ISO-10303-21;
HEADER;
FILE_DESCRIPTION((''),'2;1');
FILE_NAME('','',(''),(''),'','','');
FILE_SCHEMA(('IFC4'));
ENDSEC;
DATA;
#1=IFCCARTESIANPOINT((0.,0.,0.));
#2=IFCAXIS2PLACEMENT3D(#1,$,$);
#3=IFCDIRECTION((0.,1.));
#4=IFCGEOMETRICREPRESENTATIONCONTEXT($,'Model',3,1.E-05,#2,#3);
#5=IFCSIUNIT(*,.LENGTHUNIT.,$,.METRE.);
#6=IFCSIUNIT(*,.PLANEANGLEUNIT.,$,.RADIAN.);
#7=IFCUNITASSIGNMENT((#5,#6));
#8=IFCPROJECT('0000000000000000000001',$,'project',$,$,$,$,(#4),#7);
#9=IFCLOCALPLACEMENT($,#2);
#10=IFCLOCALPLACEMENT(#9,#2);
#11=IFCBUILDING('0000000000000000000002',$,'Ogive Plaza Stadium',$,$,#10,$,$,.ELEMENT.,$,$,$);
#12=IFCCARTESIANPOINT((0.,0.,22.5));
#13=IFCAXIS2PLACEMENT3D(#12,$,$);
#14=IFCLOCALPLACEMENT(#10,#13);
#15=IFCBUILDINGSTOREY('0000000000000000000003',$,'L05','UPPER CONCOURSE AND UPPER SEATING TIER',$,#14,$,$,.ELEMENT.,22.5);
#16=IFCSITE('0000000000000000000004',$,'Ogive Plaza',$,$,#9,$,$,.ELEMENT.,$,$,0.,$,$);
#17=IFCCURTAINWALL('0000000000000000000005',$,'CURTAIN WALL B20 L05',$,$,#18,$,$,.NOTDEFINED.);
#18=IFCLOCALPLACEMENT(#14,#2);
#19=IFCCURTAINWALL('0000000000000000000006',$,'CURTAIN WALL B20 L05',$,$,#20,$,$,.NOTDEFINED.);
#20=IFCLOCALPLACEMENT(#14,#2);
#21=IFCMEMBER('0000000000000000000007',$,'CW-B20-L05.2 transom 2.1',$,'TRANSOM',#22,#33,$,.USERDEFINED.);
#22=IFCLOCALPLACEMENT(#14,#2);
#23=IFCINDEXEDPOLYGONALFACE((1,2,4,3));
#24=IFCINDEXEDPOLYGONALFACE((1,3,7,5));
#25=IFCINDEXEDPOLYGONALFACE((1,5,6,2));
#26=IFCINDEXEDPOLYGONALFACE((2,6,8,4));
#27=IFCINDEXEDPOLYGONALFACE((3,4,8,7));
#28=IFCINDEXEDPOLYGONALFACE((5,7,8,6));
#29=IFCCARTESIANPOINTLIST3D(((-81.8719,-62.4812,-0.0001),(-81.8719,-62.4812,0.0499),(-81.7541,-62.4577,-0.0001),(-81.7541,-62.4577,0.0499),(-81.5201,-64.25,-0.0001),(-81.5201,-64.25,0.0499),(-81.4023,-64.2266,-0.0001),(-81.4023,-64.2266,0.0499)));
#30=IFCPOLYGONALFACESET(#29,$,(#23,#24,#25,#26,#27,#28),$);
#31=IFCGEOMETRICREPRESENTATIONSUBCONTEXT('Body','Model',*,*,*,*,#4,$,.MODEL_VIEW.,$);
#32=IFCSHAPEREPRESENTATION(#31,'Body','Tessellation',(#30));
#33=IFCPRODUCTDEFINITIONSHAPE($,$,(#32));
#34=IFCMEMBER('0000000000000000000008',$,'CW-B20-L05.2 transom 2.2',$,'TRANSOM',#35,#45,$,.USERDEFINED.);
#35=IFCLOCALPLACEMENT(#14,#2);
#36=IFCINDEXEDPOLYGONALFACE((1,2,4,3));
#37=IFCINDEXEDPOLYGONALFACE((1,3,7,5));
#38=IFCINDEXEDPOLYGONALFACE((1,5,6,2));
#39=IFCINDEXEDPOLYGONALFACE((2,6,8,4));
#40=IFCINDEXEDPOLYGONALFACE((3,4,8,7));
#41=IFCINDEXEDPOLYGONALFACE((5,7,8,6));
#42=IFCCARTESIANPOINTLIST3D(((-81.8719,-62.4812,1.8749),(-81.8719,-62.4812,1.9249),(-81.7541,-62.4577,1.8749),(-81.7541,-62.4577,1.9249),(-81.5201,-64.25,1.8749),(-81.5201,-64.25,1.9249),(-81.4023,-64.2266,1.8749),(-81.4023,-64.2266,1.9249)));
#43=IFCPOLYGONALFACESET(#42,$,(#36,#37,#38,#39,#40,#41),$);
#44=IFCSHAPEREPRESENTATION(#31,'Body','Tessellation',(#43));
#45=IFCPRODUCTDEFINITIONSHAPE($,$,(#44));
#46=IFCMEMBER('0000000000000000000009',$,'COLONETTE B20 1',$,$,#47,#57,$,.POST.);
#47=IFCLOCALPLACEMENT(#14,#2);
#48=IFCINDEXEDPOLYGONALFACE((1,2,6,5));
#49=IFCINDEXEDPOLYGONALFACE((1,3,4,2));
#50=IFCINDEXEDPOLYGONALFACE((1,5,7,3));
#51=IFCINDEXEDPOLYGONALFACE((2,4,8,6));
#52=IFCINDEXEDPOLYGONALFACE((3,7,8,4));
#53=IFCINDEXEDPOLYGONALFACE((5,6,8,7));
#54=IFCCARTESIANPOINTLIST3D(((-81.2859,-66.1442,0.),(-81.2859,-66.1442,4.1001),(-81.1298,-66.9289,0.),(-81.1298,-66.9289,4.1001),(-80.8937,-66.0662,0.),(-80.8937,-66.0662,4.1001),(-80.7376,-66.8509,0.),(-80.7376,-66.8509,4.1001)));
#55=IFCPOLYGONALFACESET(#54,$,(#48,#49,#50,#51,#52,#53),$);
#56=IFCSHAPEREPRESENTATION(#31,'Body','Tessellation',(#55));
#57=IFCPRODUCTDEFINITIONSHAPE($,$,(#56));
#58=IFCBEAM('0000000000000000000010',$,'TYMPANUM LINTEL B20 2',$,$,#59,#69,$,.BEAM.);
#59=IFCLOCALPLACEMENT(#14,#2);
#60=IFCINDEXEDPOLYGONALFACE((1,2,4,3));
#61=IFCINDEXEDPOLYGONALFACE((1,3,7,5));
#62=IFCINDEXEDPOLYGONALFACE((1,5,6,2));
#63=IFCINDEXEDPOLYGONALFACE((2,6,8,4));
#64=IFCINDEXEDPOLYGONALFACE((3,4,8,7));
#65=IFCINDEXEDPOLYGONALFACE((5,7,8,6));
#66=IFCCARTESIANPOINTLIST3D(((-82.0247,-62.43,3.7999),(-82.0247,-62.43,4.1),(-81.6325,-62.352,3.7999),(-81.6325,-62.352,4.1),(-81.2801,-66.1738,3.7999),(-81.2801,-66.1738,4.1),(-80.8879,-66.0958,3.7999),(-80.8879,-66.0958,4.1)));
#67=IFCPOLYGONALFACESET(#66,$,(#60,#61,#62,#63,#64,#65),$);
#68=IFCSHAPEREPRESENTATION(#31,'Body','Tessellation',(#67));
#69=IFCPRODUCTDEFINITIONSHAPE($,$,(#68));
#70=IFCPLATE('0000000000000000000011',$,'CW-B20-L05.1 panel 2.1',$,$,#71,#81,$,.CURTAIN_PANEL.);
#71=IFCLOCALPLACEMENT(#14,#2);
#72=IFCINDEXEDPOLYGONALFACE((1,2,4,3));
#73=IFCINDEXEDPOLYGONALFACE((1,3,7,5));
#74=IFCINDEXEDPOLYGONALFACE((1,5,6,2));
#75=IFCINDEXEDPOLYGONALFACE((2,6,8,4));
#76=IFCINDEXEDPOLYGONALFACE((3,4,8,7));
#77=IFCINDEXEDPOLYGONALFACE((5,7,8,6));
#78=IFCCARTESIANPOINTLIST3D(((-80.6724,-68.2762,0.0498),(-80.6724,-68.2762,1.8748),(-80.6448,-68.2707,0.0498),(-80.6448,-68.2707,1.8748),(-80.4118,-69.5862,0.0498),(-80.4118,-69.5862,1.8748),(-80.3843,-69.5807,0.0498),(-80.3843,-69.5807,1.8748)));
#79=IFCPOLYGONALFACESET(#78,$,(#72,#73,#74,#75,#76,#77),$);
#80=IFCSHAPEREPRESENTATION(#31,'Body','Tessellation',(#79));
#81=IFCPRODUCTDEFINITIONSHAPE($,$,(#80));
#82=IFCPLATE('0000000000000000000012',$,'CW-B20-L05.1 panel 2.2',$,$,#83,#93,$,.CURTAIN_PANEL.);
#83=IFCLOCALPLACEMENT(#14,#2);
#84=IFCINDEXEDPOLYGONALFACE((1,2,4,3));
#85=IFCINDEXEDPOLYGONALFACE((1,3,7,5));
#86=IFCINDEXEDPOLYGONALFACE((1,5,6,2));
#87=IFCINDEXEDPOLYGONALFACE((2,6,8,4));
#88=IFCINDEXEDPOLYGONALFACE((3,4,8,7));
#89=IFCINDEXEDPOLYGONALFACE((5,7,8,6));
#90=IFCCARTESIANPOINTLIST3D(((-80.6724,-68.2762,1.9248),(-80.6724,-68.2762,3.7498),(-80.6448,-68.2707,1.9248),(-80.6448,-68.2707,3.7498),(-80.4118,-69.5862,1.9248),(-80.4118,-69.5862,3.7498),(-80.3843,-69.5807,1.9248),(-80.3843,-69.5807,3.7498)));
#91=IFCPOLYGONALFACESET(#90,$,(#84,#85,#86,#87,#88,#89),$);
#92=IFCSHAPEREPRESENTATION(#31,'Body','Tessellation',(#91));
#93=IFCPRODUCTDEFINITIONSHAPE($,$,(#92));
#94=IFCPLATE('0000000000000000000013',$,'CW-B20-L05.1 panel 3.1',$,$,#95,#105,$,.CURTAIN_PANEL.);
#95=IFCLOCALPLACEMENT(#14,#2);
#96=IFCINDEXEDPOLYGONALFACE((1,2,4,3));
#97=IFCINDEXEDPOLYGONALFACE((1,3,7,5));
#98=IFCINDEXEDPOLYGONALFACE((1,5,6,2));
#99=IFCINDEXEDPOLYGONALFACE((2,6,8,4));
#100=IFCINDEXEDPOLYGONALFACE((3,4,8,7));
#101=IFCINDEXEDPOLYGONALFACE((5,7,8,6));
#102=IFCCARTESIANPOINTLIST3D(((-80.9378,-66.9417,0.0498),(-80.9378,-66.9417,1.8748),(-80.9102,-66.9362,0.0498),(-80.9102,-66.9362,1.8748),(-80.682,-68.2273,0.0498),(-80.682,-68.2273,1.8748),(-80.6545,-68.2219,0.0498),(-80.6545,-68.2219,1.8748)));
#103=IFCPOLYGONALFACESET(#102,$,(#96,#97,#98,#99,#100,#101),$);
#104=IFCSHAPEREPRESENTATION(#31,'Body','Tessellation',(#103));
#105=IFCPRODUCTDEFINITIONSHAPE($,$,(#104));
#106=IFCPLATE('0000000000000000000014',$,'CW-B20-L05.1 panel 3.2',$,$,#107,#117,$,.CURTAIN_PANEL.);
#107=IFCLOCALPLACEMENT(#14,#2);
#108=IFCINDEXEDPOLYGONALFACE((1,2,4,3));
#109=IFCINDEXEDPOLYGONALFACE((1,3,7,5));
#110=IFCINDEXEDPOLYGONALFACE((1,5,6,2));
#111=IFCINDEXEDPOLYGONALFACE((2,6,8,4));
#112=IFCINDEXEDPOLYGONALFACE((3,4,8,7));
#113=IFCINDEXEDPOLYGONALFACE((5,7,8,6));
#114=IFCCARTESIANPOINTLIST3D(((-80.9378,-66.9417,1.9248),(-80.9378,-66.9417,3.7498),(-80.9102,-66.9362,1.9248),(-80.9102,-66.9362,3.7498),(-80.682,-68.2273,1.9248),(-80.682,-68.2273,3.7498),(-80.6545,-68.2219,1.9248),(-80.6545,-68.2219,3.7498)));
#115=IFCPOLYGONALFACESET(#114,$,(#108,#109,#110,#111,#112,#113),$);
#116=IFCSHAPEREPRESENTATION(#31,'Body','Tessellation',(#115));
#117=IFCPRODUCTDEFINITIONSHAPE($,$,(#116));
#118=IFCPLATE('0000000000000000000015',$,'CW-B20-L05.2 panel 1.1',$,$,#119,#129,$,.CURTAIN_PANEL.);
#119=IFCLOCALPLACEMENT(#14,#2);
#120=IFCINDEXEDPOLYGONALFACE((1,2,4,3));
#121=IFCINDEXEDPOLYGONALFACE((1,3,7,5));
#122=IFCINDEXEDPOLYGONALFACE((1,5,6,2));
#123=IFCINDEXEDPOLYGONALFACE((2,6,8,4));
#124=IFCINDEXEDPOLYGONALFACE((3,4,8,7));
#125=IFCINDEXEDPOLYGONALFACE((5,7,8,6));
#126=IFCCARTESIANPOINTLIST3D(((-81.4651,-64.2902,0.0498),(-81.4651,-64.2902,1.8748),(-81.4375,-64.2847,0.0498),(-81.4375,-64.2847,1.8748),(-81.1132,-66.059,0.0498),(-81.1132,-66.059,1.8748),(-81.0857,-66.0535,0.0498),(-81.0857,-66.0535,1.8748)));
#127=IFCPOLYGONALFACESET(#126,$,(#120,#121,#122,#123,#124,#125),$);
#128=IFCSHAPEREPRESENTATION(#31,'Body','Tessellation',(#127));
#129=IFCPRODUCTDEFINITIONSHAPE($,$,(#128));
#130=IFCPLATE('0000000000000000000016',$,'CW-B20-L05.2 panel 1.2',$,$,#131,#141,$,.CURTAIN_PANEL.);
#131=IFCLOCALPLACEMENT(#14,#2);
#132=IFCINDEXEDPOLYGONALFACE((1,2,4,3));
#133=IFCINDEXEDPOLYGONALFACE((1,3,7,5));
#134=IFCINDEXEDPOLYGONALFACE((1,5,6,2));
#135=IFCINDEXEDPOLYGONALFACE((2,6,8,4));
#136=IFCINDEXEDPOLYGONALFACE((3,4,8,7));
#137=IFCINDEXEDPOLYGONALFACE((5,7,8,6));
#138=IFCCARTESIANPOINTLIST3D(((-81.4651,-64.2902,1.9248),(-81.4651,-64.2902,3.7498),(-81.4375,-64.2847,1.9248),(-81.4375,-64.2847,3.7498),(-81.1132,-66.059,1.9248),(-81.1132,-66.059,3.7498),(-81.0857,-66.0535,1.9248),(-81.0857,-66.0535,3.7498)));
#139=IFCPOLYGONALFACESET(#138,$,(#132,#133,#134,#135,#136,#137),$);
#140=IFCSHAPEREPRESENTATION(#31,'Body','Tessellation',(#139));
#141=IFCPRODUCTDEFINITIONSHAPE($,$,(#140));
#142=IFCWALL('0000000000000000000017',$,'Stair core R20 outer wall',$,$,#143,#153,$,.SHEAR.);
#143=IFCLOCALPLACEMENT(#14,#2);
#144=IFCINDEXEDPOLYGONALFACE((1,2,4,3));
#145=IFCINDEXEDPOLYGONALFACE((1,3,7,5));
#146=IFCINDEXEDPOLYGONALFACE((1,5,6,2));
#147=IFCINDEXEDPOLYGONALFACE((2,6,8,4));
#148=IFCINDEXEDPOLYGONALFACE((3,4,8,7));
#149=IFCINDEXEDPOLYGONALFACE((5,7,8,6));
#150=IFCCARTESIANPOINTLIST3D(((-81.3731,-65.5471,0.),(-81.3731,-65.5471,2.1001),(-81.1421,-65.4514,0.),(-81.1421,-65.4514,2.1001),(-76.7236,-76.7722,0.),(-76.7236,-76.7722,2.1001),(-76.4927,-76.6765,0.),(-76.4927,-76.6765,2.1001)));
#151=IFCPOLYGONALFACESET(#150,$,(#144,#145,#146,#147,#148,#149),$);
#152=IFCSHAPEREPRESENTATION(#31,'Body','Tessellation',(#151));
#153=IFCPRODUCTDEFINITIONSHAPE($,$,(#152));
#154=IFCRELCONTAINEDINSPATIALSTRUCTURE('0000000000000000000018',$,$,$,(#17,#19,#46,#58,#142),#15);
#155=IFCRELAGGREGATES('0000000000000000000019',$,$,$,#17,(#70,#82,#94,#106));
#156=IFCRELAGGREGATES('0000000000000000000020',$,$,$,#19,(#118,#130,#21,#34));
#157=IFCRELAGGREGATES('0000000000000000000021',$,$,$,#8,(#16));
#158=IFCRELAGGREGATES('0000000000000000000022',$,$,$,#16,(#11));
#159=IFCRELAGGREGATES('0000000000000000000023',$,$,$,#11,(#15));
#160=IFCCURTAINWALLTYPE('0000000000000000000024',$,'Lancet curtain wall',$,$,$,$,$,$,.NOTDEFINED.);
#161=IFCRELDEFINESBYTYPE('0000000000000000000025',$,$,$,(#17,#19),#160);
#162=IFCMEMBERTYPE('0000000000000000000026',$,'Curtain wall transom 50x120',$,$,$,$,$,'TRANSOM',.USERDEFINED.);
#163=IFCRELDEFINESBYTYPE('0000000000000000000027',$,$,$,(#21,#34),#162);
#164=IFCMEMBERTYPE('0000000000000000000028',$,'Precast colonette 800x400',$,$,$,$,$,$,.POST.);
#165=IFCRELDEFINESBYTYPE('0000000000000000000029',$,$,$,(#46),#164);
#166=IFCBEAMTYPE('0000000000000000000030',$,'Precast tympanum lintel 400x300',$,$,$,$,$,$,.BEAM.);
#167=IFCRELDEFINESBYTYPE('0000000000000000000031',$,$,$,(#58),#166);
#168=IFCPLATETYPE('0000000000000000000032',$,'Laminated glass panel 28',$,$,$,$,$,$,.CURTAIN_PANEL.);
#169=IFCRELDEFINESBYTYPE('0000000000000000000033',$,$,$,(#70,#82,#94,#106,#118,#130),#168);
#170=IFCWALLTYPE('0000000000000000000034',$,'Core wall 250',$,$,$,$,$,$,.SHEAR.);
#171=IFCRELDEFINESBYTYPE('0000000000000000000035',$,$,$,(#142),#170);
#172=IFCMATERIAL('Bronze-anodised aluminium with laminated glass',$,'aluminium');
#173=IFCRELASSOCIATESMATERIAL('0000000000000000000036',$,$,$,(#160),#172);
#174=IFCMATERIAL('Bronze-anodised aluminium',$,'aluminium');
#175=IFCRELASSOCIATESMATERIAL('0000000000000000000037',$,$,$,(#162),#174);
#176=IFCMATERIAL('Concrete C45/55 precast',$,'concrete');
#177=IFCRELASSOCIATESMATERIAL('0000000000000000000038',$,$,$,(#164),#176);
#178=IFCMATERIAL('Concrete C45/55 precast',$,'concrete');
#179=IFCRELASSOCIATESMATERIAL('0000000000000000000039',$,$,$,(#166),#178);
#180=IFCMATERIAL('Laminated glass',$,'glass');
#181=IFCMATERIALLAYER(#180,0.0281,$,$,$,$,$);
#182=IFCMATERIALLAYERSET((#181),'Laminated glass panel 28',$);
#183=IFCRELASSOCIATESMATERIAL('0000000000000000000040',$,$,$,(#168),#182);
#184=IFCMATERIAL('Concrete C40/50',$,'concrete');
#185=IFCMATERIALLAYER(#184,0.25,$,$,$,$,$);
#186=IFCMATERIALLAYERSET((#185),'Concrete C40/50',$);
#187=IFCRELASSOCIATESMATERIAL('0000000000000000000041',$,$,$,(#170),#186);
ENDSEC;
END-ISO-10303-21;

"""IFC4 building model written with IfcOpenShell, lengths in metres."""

from ifc_helpers import new_model, si_unit, direction, frame, frame_2d, origin, origin_2d, place, context, subcontext, project, spatial, rectangle, extrude, material, layer, layer_set, material_profile, profile_set, type_object, element, aggregate, save


model = new_model("IFC4")

# Units and contexts
model_context = context("Model", 3, precision=1e-05, world=origin(), true_north=direction((0.0, 1.0)))
body_context = subcontext(model_context, "Body", "Model", "MODEL_VIEW")
ifc_project = project(units=[si_unit("LENGTHUNIT", "METRE"), si_unit("PLANEANGLEUNIT", "RADIAN")], contexts=[model_context])

# Site, building, storey
site_placement = place(None, origin())
site = spatial("IfcSite", under=ifc_project, at=site_placement, Name="Ogive Plaza", CompositionType="ELEMENT", RefElevation=0.0)
building_placement = place(site_placement, origin())
building = spatial("IfcBuilding", under=site, at=building_placement, Name="Ogive Plaza Stadium", CompositionType="ELEMENT")
storey_placement = place(building_placement, frame((0.0, 0.0, 22.5)))
storey = spatial("IfcBuildingStorey", under=building, at=storey_placement, Name="L05", Description="UPPER CONCOURSE AND UPPER SEATING TIER", CompositionType="ELEMENT", Elevation=22.5)

# Curtain walls
ifc_material_1 = material(Name="Bronze-anodised aluminium with laminated glass", Category="aluminium")
curtain_wall_type = type_object("IfcCurtainWallType", Name="Lancet curtain wall", PredefinedType="NOTDEFINED", material=ifc_material_1)
curtain_wall_1_placement = place(storey_placement, origin())
curtain_wall_1 = element("IfcCurtainWall", 1, at=curtain_wall_1_placement, inside=storey, type_object=curtain_wall_type, Name="CURTAIN WALL B20 L05", PredefinedType="NOTDEFINED")
curtain_wall_2_placement = place(storey_placement, origin())
curtain_wall_2 = element("IfcCurtainWall", 2, at=curtain_wall_2_placement, inside=storey, type_object=curtain_wall_type, Name="CURTAIN WALL B20 L05", PredefinedType="NOTDEFINED")

# Members
ifc_material_2 = material(Name="Bronze-anodised aluminium", Category="aluminium")
ifc_material_profile_1 = material_profile(ifc_material_2, rectangle(XDim=0.1201, YDim=0.05, at=origin_2d()), Name="AL 120x50")
ifc_profile_set_1 = profile_set([ifc_material_profile_1], Name="Bronze-anodised aluminium")
member_type_1 = type_object("IfcMemberType", Name="Curtain wall transom 50x120", ElementType="TRANSOM", PredefinedType="USERDEFINED", material=ifc_profile_set_1)
member_1_placement = place(storey_placement, frame((-81.4612, -64.2383, 0.0249), z_axis=(-0.195075, 0.980788, 0.0), x_axis=(-0.980788, -0.195075, 0.0)))
member_1 = element("IfcMember", 3, at=member_1_placement, type_object=member_type_1, Name="CW-B20-L05.2 transom 2.1", ObjectType="TRANSOM", PredefinedType="USERDEFINED", context=body_context, shape_type="SweptSolid", body=[
    extrude(rectangle(XDim=0.1201, YDim=0.05, at=origin_2d()), origin(), (0.0, 0.0, 1.0), 1.8035),
])
member_2_placement = place(storey_placement, frame((-81.4612, -64.2383, 1.8999), z_axis=(-0.195075, 0.980788, 0.0), x_axis=(-0.980788, -0.195075, 0.0)))
member_2 = element("IfcMember", 4, at=member_2_placement, type_object=member_type_1, Name="CW-B20-L05.2 transom 2.2", ObjectType="TRANSOM", PredefinedType="USERDEFINED", context=body_context, shape_type="SweptSolid", body=[
    extrude(rectangle(XDim=0.1201, YDim=0.05, at=origin_2d()), origin(), (0.0, 0.0, 1.0), 1.8035),
])
ifc_material_3 = material(Name="Concrete C45/55 precast", Category="concrete")
ifc_material_profile_2 = material_profile(ifc_material_3, rectangle(XDim=0.3999, YDim=0.8, at=origin_2d()), Name="RC 400x800")
ifc_profile_set_2 = profile_set([ifc_material_profile_2], Name="Concrete C45/55 precast")
member_type_2 = type_object("IfcMemberType", Name="Precast colonette 800x400", PredefinedType="POST", material=ifc_profile_set_2)
member_3_placement = place(storey_placement, frame((-81.0117, -66.4976, 0.0), z_axis=(0.0, 0.0, 1.0), x_axis=(-0.980785, -0.19509, 0.0)))
element("IfcMember", 5, at=member_3_placement, inside=storey, type_object=member_type_2, Name="COLONETTE B20 1", PredefinedType="POST", context=body_context, shape_type="SweptSolid", body=[
    extrude(rectangle(XDim=0.3999, YDim=0.8, at=origin_2d()), origin(), (0.0, 0.0, 1.0), 4.1001),
])

# Beam
ifc_material_4 = material(Name="Concrete C45/55 precast", Category="concrete")
ifc_material_profile_3 = material_profile(ifc_material_4, rectangle(XDim=0.3999, YDim=0.3, at=origin_2d()), Name="RC 400x300")
ifc_profile_set_3 = profile_set([ifc_material_profile_3], Name="Concrete C45/55 precast")
beam_type = type_object("IfcBeamType", Name="Precast tympanum lintel 400x300", PredefinedType="BEAM", material=ifc_profile_set_3)
beam_placement = place(storey_placement, frame((-81.084, -66.1348, 3.95), z_axis=(-0.195071, 0.980789, 0.0), x_axis=(-0.980789, -0.195071, 0.0)))
element("IfcBeam", 6, at=beam_placement, inside=storey, type_object=beam_type, Name="TYMPANUM LINTEL B20 2", PredefinedType="BEAM", context=body_context, shape_type="SweptSolid", body=[
    extrude(rectangle(XDim=0.3999, YDim=0.3, at=origin_2d()), origin(), (0.0, 0.0, 1.0), 3.8171),
])

# Plates
ifc_material_5 = material(Name="Laminated glass", Category="glass")
ifc_layer_1 = layer(ifc_material_5, 0.0281)
ifc_layer_set_1 = layer_set([ifc_layer_1], Name="Laminated glass panel 28")
plate_type = type_object("IfcPlateType", Name="Laminated glass panel 28", PredefinedType="CURTAIN_PANEL", material=ifc_layer_set_1)
plate_1_placement = place(storey_placement, frame((-80.5283, -68.9285, 0.0498), z_axis=(0.0, 0.0, 1.0), x_axis=(-0.19509, 0.980785, 0.0)))
plate_1 = element("IfcPlate", 7, at=plate_1_placement, type_object=plate_type, Name="CW-B20-L05.1 panel 2.1", PredefinedType="CURTAIN_PANEL", context=body_context, shape_type="SweptSolid", body=[
    extrude(rectangle(XDim=1.3357, YDim=0.0281, at=origin_2d()), origin(), (0.0, 0.0, 1.0), 1.825),
])
plate_2_placement = place(storey_placement, frame((-80.5283, -68.9285, 1.9248), z_axis=(0.0, 0.0, 1.0), x_axis=(-0.19509, 0.980785, 0.0)))
plate_2 = element("IfcPlate", 8, at=plate_2_placement, type_object=plate_type, Name="CW-B20-L05.1 panel 2.2", PredefinedType="CURTAIN_PANEL", context=body_context, shape_type="SweptSolid", body=[
    extrude(rectangle(XDim=1.3357, YDim=0.0281, at=origin_2d()), origin(), (0.0, 0.0, 1.0), 1.825),
])
plate_3_placement = place(storey_placement, frame((-80.7961, -67.5818, 0.0498), z_axis=(0.0, 0.0, 1.0), x_axis=(-0.19509, 0.980785, 0.0)))
plate_3 = element("IfcPlate", 9, at=plate_3_placement, type_object=plate_type, Name="CW-B20-L05.1 panel 3.1", PredefinedType="CURTAIN_PANEL", context=body_context, shape_type="SweptSolid", body=[
    extrude(rectangle(XDim=1.3108, YDim=0.0281, at=origin_2d()), origin(), (0.0, 0.0, 1.0), 1.825),
])
plate_4_placement = place(storey_placement, frame((-80.7961, -67.5818, 1.9248), z_axis=(0.0, 0.0, 1.0), x_axis=(-0.19509, 0.980785, 0.0)))
plate_4 = element("IfcPlate", 10, at=plate_4_placement, type_object=plate_type, Name="CW-B20-L05.1 panel 3.2", PredefinedType="CURTAIN_PANEL", context=body_context, shape_type="SweptSolid", body=[
    extrude(rectangle(XDim=1.3108, YDim=0.0281, at=origin_2d()), origin(), (0.0, 0.0, 1.0), 1.825),
])
aggregate(curtain_wall_1, [plate_1, plate_2, plate_3, plate_4])
plate_5_placement = place(storey_placement, frame((-81.2754, -65.1719, 0.0498), z_axis=(0.0, 0.0, 1.0), x_axis=(-0.19509, 0.980785, 0.0)))
plate_5 = element("IfcPlate", 11, at=plate_5_placement, type_object=plate_type, Name="CW-B20-L05.2 panel 1.1", PredefinedType="CURTAIN_PANEL", context=body_context, shape_type="SweptSolid", body=[
    extrude(rectangle(XDim=1.8035, YDim=0.0281, at=origin_2d()), origin(), (0.0, 0.0, 1.0), 1.825),
])
plate_6_placement = place(storey_placement, frame((-81.2754, -65.1719, 1.9248), z_axis=(0.0, 0.0, 1.0), x_axis=(-0.19509, 0.980785, 0.0)))
plate_6 = element("IfcPlate", 12, at=plate_6_placement, type_object=plate_type, Name="CW-B20-L05.2 panel 1.2", PredefinedType="CURTAIN_PANEL", context=body_context, shape_type="SweptSolid", body=[
    extrude(rectangle(XDim=1.8035, YDim=0.0281, at=origin_2d()), origin(), (0.0, 0.0, 1.0), 1.825),
])
aggregate(curtain_wall_2, [plate_5, plate_6, member_1, member_2])

# Wall
ifc_material_6 = material(Name="Concrete C40/50", Category="concrete")
ifc_layer_2 = layer(ifc_material_6, 0.25)
ifc_layer_set_2 = layer_set([ifc_layer_2], Name="Concrete C40/50")
wall_type_1 = type_object("IfcWallType", Name="Core wall 250", PredefinedType="SHEAR", material=ifc_layer_set_2)
wall_1_placement = place(storey_placement, frame((-81.2576, -65.4993, 0.0), z_axis=(0.0, 0.0, 1.0), x_axis=(0.382671, -0.923885, 0.0)))
element("IfcWall", 13, at=wall_1_placement, inside=storey, type_object=wall_type_1, Name="Stair core R20 outer wall", PredefinedType="SHEAR", context=body_context, shape_type="SweptSolid", body=[
    extrude(rectangle(XDim=12.1499, YDim=0.25, at=frame_2d((6.075, 0.0))), origin(), (0.0, 0.0, 1.0), 2.1001),
])

save(model, "model.ifc")
